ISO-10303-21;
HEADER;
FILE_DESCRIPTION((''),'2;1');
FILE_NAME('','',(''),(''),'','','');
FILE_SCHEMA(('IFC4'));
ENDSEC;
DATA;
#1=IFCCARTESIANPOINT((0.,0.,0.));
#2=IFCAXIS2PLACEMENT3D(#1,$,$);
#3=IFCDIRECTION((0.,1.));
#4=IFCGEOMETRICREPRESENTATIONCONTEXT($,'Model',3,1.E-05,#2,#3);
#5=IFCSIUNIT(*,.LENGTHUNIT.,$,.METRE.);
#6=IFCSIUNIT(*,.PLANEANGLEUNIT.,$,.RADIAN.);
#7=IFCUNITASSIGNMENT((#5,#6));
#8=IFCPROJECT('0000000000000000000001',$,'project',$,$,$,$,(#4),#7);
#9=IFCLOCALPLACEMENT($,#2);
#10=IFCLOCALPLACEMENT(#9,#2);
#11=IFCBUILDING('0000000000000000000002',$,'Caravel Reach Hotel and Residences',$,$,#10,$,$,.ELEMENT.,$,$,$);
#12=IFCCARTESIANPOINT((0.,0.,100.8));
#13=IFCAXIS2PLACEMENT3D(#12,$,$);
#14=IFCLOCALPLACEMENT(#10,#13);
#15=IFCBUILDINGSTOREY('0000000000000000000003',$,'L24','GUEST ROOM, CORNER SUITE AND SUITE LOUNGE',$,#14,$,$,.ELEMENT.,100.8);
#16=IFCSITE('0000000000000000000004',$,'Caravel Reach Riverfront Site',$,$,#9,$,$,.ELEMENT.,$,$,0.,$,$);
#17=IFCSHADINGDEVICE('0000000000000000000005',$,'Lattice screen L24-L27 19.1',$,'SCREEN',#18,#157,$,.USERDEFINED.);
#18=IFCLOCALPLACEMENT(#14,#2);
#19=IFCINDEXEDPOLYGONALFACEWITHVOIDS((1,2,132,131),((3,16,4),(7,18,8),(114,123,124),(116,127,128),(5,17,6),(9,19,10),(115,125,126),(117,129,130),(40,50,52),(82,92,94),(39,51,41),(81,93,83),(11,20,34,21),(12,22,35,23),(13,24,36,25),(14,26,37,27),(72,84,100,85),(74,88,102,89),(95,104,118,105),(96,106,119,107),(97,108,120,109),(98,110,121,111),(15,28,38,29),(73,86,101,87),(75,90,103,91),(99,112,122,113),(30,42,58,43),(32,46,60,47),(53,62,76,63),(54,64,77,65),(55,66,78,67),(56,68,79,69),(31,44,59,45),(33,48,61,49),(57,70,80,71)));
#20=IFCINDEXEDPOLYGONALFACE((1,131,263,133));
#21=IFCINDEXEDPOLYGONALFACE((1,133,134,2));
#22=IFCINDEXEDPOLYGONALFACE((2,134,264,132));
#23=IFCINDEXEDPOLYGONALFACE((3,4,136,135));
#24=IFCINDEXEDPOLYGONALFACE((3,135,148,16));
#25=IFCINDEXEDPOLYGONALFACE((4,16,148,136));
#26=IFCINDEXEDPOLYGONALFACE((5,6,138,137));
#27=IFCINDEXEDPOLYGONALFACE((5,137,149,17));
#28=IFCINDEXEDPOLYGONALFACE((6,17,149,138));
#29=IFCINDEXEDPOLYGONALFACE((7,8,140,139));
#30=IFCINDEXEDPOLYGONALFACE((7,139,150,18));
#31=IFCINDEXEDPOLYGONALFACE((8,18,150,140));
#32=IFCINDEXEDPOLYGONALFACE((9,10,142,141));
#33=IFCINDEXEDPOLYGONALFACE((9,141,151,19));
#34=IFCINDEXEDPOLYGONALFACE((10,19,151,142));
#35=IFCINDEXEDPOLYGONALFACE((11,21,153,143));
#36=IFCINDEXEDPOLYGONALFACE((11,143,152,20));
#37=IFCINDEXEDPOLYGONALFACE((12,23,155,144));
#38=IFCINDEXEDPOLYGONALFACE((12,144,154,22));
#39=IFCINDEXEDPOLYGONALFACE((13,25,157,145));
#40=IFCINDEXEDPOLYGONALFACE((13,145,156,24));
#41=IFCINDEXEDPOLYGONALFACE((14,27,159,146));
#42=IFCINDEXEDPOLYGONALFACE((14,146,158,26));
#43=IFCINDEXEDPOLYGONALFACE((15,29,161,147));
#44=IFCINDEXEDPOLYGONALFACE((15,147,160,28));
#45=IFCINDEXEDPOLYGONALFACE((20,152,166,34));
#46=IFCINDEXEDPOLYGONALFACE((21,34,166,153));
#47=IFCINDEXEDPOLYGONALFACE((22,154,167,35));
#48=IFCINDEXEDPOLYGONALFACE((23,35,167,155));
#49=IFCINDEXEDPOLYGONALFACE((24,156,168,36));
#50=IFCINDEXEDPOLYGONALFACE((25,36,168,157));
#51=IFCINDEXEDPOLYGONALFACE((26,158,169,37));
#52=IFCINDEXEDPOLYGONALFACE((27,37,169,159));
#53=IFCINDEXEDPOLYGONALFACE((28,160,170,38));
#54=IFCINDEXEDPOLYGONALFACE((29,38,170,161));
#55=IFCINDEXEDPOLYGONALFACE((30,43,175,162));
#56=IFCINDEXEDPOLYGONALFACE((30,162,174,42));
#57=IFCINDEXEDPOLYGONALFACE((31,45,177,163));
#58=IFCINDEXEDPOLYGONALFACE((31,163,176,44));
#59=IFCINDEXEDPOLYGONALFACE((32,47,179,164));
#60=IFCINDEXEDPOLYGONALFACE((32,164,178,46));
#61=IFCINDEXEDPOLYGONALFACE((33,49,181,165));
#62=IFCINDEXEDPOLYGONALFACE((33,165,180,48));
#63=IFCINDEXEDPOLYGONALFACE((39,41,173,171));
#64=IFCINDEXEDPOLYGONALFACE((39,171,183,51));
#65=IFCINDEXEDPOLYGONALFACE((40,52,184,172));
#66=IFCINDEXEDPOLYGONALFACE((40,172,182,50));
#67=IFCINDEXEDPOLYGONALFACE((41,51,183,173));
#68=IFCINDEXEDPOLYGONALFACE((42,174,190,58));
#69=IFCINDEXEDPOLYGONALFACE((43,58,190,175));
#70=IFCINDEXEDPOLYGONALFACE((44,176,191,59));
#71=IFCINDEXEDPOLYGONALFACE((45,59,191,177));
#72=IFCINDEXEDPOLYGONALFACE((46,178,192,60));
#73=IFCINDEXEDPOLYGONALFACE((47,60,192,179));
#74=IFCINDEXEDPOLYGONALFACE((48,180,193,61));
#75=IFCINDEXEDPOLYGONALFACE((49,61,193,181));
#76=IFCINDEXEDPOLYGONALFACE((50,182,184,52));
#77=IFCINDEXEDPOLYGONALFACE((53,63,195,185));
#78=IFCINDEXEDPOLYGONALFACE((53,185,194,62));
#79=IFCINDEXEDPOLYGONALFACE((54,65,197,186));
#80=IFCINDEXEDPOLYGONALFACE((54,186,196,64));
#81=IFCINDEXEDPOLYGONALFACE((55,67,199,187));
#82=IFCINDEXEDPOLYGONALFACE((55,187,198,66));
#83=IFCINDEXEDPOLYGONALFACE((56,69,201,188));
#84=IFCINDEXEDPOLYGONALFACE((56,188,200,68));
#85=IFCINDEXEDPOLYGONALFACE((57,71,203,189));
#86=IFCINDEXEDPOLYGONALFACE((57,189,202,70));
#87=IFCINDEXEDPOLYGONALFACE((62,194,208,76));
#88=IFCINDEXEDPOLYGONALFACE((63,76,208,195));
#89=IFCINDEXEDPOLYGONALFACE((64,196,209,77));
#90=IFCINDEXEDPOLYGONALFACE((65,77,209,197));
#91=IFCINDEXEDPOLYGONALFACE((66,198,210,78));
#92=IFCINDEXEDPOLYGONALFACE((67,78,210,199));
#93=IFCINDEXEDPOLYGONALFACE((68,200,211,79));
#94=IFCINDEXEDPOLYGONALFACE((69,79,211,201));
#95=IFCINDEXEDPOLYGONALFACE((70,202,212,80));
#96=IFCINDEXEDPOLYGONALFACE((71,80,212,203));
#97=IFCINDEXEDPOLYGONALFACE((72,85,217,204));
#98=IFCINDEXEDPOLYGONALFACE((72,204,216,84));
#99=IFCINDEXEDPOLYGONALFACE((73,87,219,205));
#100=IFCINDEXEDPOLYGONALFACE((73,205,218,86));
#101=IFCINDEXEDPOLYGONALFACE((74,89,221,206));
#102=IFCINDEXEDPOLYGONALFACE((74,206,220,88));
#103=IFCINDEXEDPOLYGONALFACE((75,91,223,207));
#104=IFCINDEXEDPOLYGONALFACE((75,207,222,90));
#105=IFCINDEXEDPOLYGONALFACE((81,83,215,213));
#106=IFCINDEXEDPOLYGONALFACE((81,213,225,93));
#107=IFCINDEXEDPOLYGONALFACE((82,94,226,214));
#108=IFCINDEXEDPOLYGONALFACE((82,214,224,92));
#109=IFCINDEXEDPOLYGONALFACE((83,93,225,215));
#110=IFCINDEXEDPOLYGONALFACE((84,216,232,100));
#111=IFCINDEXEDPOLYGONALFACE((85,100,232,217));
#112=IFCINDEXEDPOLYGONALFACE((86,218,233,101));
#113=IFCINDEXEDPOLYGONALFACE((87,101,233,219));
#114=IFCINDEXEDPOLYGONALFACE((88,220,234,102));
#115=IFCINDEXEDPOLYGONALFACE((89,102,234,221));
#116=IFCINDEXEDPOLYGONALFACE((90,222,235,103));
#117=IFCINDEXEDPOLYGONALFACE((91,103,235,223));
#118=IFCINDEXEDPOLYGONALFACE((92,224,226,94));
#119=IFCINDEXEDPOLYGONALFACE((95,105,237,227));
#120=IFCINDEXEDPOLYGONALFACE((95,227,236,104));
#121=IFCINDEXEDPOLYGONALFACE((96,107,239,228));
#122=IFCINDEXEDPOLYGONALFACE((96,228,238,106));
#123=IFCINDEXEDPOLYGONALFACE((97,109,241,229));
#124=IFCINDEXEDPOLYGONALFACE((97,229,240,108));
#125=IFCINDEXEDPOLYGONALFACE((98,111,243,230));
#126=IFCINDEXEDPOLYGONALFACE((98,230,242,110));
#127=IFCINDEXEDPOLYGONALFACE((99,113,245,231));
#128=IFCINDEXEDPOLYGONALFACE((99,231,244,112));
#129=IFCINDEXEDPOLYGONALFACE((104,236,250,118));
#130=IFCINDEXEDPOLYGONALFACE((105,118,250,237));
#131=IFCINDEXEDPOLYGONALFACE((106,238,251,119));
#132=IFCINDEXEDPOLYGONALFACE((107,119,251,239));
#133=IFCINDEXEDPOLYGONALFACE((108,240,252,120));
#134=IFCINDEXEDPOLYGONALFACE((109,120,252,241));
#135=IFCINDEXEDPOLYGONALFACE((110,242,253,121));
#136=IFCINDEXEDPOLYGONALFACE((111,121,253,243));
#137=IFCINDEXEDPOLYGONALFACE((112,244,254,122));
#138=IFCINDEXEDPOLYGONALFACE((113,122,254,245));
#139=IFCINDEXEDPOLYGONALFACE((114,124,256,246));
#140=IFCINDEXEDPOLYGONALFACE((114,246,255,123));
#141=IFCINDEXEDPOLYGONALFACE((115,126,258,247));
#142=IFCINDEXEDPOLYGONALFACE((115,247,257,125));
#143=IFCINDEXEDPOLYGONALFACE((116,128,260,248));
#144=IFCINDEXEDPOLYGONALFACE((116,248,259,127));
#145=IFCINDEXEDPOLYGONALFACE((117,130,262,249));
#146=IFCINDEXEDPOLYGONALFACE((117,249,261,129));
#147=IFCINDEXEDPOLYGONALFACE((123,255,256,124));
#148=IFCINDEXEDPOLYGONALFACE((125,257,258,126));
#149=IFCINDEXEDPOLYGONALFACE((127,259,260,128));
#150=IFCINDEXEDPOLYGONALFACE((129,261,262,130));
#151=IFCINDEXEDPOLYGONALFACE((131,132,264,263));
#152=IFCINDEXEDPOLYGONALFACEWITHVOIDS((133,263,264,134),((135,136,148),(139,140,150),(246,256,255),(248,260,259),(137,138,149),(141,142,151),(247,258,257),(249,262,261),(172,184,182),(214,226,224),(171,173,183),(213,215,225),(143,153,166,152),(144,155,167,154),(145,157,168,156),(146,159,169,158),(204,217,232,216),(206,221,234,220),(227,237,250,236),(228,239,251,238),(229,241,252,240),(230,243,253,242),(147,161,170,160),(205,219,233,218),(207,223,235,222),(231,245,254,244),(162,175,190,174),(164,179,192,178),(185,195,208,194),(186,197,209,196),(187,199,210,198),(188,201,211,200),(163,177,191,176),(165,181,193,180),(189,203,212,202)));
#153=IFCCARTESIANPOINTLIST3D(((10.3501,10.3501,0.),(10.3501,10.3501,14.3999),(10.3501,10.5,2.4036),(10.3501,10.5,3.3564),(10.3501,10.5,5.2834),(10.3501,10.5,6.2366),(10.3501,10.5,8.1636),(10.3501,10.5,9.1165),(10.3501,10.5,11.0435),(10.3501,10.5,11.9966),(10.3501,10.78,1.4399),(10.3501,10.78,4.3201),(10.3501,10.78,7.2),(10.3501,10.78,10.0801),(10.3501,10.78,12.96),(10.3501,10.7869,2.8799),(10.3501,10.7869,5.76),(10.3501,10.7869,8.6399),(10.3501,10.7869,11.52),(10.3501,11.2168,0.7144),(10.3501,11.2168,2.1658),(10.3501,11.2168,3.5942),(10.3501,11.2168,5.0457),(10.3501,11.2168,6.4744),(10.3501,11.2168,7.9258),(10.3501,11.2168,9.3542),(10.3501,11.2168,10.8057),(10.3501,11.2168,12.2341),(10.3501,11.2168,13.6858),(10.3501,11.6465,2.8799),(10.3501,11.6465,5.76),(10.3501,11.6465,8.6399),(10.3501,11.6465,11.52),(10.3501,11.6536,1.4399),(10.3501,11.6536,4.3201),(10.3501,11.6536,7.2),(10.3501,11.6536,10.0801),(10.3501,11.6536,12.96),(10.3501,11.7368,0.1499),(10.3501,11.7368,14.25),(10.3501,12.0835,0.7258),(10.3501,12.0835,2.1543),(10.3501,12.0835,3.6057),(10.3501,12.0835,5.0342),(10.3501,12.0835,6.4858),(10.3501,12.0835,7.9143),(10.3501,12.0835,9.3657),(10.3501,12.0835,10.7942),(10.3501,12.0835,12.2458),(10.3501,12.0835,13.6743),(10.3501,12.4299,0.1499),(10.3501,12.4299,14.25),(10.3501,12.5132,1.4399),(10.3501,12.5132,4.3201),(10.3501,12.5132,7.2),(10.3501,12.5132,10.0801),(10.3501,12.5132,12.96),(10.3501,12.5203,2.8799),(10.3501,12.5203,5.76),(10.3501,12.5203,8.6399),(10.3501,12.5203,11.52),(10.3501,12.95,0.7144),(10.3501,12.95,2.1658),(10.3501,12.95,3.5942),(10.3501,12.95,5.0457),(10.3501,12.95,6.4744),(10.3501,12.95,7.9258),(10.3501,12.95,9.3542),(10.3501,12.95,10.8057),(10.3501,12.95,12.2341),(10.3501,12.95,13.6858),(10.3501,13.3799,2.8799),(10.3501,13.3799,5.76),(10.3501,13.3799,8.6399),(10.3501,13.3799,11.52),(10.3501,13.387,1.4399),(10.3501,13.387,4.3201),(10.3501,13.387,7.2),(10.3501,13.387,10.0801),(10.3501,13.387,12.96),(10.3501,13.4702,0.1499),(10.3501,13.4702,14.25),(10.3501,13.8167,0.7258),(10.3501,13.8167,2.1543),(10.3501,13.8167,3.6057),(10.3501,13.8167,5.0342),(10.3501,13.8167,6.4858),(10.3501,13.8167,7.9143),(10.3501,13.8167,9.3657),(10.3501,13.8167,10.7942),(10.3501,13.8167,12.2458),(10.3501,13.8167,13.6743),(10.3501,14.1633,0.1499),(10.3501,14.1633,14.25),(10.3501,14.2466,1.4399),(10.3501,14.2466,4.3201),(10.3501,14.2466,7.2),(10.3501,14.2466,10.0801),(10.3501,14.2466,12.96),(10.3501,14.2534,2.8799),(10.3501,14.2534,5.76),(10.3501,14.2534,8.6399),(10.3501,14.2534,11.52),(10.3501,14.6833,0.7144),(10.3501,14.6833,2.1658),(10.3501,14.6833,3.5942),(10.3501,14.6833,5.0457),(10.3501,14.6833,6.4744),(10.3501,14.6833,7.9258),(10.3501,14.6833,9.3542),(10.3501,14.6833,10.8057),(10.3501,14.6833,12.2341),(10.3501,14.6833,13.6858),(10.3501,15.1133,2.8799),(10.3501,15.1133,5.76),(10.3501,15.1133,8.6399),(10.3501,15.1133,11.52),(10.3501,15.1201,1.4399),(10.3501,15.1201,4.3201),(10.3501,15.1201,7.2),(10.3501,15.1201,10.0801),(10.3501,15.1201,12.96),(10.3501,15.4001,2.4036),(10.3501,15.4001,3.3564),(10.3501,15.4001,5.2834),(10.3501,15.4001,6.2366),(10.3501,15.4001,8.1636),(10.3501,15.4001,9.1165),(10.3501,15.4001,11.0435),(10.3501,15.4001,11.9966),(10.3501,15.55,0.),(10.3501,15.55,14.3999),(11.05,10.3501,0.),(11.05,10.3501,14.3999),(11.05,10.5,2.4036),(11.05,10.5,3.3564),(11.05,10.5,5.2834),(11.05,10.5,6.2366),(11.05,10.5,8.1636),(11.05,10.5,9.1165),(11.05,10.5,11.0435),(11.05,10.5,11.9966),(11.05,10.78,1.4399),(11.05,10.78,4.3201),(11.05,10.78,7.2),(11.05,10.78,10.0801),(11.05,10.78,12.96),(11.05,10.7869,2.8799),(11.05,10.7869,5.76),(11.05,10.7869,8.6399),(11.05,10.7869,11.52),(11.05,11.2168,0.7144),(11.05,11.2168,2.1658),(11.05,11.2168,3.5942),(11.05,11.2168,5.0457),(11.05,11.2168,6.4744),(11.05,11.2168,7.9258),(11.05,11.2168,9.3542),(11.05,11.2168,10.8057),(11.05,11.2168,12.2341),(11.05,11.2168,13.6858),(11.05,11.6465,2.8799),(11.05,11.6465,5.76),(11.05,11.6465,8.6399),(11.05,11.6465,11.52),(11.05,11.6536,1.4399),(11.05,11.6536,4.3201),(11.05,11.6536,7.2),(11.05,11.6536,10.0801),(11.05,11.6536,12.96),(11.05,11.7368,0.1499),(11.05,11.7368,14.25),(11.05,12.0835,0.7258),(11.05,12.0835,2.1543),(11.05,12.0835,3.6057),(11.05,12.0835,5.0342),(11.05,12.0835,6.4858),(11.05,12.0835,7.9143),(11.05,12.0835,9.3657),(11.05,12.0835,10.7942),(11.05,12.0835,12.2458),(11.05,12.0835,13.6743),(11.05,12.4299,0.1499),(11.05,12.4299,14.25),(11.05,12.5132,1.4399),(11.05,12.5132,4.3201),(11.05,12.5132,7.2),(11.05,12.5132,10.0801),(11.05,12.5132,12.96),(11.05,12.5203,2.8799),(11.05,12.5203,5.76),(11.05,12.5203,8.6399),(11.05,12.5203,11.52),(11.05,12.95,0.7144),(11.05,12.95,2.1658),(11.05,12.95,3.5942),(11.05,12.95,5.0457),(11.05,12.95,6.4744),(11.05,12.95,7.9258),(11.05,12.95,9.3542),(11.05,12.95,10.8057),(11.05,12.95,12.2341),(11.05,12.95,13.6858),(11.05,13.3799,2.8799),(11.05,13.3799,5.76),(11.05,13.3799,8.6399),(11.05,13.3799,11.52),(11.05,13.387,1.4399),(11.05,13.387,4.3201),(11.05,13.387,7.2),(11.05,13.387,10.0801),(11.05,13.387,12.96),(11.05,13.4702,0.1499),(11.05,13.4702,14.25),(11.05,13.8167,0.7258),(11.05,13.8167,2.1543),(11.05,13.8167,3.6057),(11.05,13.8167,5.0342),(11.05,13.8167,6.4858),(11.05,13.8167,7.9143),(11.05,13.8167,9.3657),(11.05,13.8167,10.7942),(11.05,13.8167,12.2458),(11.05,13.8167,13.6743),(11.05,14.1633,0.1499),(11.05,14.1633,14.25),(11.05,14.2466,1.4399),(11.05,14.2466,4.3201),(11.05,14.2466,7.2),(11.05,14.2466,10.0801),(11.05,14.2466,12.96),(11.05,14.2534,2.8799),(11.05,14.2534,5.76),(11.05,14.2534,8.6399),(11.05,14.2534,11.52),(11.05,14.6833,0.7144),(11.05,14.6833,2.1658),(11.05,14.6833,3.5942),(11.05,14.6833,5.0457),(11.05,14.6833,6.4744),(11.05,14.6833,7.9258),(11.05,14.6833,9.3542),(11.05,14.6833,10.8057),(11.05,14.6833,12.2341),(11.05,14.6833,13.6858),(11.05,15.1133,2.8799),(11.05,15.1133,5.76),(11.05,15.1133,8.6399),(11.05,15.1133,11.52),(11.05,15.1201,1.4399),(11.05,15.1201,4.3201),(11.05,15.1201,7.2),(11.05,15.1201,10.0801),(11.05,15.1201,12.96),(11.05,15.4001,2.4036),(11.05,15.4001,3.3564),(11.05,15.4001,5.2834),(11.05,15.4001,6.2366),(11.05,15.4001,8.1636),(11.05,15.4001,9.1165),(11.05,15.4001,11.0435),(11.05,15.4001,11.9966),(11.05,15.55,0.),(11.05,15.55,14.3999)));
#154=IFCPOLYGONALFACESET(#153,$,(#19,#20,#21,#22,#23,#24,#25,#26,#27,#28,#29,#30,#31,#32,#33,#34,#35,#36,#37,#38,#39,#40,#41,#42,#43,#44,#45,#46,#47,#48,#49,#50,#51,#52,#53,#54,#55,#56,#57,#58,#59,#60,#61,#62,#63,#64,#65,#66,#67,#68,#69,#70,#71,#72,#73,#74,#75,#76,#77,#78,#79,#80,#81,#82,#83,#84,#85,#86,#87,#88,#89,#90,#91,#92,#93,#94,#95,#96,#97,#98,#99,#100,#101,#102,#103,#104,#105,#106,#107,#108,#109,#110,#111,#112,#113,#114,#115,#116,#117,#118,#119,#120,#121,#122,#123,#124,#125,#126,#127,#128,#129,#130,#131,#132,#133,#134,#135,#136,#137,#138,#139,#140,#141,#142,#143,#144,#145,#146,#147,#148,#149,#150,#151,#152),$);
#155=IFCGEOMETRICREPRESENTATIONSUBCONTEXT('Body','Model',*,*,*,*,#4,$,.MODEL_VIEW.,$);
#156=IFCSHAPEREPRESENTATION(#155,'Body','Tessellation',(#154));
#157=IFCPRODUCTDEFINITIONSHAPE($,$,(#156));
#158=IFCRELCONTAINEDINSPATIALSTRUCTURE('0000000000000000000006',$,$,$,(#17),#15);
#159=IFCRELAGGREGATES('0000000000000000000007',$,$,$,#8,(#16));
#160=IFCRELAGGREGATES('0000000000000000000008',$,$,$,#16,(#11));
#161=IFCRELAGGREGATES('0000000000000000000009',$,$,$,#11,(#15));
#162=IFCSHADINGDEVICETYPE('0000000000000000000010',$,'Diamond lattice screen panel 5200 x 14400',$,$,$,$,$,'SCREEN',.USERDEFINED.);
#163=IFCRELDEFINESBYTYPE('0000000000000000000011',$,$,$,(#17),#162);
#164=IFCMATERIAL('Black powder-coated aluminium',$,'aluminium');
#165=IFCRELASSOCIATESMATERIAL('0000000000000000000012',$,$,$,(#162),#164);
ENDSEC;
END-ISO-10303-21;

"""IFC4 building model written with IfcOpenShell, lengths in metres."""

from ifc_helpers import new_model, si_unit, direction, frame, origin, place, context, subcontext, project, spatial, polyline, outline, extrude, material, type_object, element, save


model = new_model("IFC4")

# Units and contexts
model_context = context("Model", 3, precision=1e-05, world=origin(), true_north=direction((0.0, 1.0)))
body_context = subcontext(model_context, "Body", "Model", "MODEL_VIEW")
ifc_project = project(units=[si_unit("LENGTHUNIT", "METRE"), si_unit("PLANEANGLEUNIT", "RADIAN")], contexts=[model_context])

# Site, building, storey
site_placement = place(None, origin())
site = spatial("IfcSite", under=ifc_project, at=site_placement, Name="Caravel Reach Riverfront Site", CompositionType="ELEMENT", RefElevation=0.0)
building_placement = place(site_placement, origin())
building = spatial("IfcBuilding", under=site, at=building_placement, Name="Caravel Reach Hotel and Residences", CompositionType="ELEMENT")
storey_placement = place(building_placement, frame((0.0, 0.0, 100.8)))
storey = spatial("IfcBuildingStorey", under=building, at=storey_placement, Name="L24", Description="GUEST ROOM, CORNER SUITE AND SUITE LOUNGE", CompositionType="ELEMENT", Elevation=100.8)

# Shading device
ifc_material_1 = material(Name="Black powder-coated aluminium", Category="aluminium")
shading_device_type_1 = type_object("IfcShadingDeviceType", Name="Diamond lattice screen panel 5200 x 14400", ElementType="SCREEN", PredefinedType="USERDEFINED", material=ifc_material_1)
shading_device_1_placement = place(storey_placement, frame((11.05, 15.55, 0.0), z_axis=(-1.0, 0.0, 0.0), x_axis=(0.0, -1.0, 0.0)))
element("IfcShadingDevice", 1, at=shading_device_1_placement, inside=storey, type_object=shading_device_type_1, Name="Lattice screen L24-L27 19.1", ObjectType="SCREEN", PredefinedType="USERDEFINED", context=body_context, shape_type="SweptSolid", body=[
    extrude(outline(polyline([(0.0, 0.0), (5.2, 0.0), (5.2, 14.3999), (0.0, 14.3999), (0.0, 0.0)]), holes=[polyline([(0.4368, 2.8799), (0.1499, 3.3564), (0.1499, 2.4036), (0.4368, 2.8799)]), polyline([(0.4368, 5.76), (0.1499, 6.2366), (0.1499, 5.2834), (0.4368, 5.76)]), polyline([(0.4368, 8.6399), (0.1499, 9.1165), (0.1499, 8.1636), (0.4368, 8.6399)]), polyline([(0.4368, 11.52), (0.1499, 11.9966), (0.1499, 11.0435), (0.4368, 11.52)]), polyline([(0.8667, 2.1658), (0.4299, 1.4399), (0.8667, 0.7144), (1.3035, 1.4399), (0.8667, 2.1658)]), polyline([(0.8667, 5.0457), (0.4299, 4.3201), (0.8667, 3.5942), (1.3035, 4.3201), (0.8667, 5.0457)]), polyline([(0.8667, 7.9258), (0.4299, 7.2), (0.8667, 6.4744), (1.3035, 7.2), (0.8667, 7.9258)]), polyline([(0.8667, 10.8057), (0.4299, 10.0801), (0.8667, 9.3542), (1.3035, 10.0801), (0.8667, 10.8057)]), polyline([(0.8667, 13.6858), (0.4299, 12.96), (0.8667, 12.2341), (1.3035, 12.96), (0.8667, 13.6858)]), polyline([(1.7334, 0.7258), (1.3867, 0.1499), (2.0798, 0.1499), (1.7334, 0.7258)]), polyline([(1.7334, 3.6057), (1.2966, 2.8799), (1.7334, 2.1543), (2.1702, 2.8799), (1.7334, 3.6057)]), polyline([(1.7334, 6.4858), (1.2966, 5.76), (1.7334, 5.0342), (2.1702, 5.76), (1.7334, 6.4858)]), polyline([(1.7334, 9.3657), (1.2966, 8.6399), (1.7334, 7.9143), (2.1702, 8.6399), (1.7334, 9.3657)]), polyline([(1.7334, 12.2458), (1.2966, 11.52), (1.7334, 10.7942), (2.1702, 11.52), (1.7334, 12.2458)]), polyline([(1.7334, 13.6743), (2.0798, 14.25), (1.3867, 14.25), (1.7334, 13.6743)]), polyline([(2.6001, 2.1658), (2.1631, 1.4399), (2.6001, 0.7144), (3.0369, 1.4399), (2.6001, 2.1658)]), polyline([(2.6001, 5.0457), (2.1631, 4.3201), (2.6001, 3.5942), (3.0369, 4.3201), (2.6001, 5.0457)]), polyline([(2.6001, 7.9258), (2.1631, 7.2), (2.6001, 6.4744), (3.0369, 7.2), (2.6001, 7.9258)]), polyline([(2.6001, 10.8057), (2.1631, 10.0801), (2.6001, 9.3542), (3.0369, 10.0801), (2.6001, 10.8057)]), polyline([(2.6001, 13.6858), (2.1631, 12.96), (2.6001, 12.2341), (3.0369, 12.96), (2.6001, 13.6858)]), polyline([(3.4666, 0.7258), (3.1201, 0.1499), (3.8132, 0.1499), (3.4666, 0.7258)]), polyline([(3.4666, 3.6057), (3.0298, 2.8799), (3.4666, 2.1543), (3.9036, 2.8799), (3.4666, 3.6057)]), polyline([(3.4666, 6.4858), (3.0298, 5.76), (3.4666, 5.0342), (3.9036, 5.76), (3.4666, 6.4858)]), polyline([(3.4666, 9.3657), (3.0298, 8.6399), (3.4666, 7.9143), (3.9036, 8.6399), (3.4666, 9.3657)]), polyline([(3.4666, 12.2458), (3.0298, 11.52), (3.4666, 10.7942), (3.9036, 11.52), (3.4666, 12.2458)]), polyline([(3.4666, 13.6743), (3.8132, 14.25), (3.1201, 14.25), (3.4666, 13.6743)]), polyline([(4.3333, 2.1658), (3.8965, 1.4399), (4.3333, 0.7144), (4.77, 1.4399), (4.3333, 2.1658)]), polyline([(4.3333, 5.0457), (3.8965, 4.3201), (4.3333, 3.5942), (4.77, 4.3201), (4.3333, 5.0457)]), polyline([(4.3333, 7.9258), (3.8965, 7.2), (4.3333, 6.4744), (4.77, 7.2), (4.3333, 7.9258)]), polyline([(4.3333, 10.8057), (3.8965, 10.0801), (4.3333, 9.3542), (4.77, 10.0801), (4.3333, 10.8057)]), polyline([(4.3333, 13.6858), (3.8965, 12.96), (4.3333, 12.2341), (4.77, 12.96), (4.3333, 13.6858)]), polyline([(4.7632, 2.8799), (5.05, 2.4036), (5.05, 3.3564), (4.7632, 2.8799)]), polyline([(4.7632, 5.76), (5.05, 5.2834), (5.05, 6.2366), (4.7632, 5.76)]), polyline([(4.7632, 8.6399), (5.05, 8.1636), (5.05, 9.1165), (4.7632, 8.6399)]), polyline([(4.7632, 11.52), (5.05, 11.0435), (5.05, 11.9966), (4.7632, 11.52)])]), origin(), (0.0, 0.0, 1.0), 0.7),
])

save(model, "model.ifc")
